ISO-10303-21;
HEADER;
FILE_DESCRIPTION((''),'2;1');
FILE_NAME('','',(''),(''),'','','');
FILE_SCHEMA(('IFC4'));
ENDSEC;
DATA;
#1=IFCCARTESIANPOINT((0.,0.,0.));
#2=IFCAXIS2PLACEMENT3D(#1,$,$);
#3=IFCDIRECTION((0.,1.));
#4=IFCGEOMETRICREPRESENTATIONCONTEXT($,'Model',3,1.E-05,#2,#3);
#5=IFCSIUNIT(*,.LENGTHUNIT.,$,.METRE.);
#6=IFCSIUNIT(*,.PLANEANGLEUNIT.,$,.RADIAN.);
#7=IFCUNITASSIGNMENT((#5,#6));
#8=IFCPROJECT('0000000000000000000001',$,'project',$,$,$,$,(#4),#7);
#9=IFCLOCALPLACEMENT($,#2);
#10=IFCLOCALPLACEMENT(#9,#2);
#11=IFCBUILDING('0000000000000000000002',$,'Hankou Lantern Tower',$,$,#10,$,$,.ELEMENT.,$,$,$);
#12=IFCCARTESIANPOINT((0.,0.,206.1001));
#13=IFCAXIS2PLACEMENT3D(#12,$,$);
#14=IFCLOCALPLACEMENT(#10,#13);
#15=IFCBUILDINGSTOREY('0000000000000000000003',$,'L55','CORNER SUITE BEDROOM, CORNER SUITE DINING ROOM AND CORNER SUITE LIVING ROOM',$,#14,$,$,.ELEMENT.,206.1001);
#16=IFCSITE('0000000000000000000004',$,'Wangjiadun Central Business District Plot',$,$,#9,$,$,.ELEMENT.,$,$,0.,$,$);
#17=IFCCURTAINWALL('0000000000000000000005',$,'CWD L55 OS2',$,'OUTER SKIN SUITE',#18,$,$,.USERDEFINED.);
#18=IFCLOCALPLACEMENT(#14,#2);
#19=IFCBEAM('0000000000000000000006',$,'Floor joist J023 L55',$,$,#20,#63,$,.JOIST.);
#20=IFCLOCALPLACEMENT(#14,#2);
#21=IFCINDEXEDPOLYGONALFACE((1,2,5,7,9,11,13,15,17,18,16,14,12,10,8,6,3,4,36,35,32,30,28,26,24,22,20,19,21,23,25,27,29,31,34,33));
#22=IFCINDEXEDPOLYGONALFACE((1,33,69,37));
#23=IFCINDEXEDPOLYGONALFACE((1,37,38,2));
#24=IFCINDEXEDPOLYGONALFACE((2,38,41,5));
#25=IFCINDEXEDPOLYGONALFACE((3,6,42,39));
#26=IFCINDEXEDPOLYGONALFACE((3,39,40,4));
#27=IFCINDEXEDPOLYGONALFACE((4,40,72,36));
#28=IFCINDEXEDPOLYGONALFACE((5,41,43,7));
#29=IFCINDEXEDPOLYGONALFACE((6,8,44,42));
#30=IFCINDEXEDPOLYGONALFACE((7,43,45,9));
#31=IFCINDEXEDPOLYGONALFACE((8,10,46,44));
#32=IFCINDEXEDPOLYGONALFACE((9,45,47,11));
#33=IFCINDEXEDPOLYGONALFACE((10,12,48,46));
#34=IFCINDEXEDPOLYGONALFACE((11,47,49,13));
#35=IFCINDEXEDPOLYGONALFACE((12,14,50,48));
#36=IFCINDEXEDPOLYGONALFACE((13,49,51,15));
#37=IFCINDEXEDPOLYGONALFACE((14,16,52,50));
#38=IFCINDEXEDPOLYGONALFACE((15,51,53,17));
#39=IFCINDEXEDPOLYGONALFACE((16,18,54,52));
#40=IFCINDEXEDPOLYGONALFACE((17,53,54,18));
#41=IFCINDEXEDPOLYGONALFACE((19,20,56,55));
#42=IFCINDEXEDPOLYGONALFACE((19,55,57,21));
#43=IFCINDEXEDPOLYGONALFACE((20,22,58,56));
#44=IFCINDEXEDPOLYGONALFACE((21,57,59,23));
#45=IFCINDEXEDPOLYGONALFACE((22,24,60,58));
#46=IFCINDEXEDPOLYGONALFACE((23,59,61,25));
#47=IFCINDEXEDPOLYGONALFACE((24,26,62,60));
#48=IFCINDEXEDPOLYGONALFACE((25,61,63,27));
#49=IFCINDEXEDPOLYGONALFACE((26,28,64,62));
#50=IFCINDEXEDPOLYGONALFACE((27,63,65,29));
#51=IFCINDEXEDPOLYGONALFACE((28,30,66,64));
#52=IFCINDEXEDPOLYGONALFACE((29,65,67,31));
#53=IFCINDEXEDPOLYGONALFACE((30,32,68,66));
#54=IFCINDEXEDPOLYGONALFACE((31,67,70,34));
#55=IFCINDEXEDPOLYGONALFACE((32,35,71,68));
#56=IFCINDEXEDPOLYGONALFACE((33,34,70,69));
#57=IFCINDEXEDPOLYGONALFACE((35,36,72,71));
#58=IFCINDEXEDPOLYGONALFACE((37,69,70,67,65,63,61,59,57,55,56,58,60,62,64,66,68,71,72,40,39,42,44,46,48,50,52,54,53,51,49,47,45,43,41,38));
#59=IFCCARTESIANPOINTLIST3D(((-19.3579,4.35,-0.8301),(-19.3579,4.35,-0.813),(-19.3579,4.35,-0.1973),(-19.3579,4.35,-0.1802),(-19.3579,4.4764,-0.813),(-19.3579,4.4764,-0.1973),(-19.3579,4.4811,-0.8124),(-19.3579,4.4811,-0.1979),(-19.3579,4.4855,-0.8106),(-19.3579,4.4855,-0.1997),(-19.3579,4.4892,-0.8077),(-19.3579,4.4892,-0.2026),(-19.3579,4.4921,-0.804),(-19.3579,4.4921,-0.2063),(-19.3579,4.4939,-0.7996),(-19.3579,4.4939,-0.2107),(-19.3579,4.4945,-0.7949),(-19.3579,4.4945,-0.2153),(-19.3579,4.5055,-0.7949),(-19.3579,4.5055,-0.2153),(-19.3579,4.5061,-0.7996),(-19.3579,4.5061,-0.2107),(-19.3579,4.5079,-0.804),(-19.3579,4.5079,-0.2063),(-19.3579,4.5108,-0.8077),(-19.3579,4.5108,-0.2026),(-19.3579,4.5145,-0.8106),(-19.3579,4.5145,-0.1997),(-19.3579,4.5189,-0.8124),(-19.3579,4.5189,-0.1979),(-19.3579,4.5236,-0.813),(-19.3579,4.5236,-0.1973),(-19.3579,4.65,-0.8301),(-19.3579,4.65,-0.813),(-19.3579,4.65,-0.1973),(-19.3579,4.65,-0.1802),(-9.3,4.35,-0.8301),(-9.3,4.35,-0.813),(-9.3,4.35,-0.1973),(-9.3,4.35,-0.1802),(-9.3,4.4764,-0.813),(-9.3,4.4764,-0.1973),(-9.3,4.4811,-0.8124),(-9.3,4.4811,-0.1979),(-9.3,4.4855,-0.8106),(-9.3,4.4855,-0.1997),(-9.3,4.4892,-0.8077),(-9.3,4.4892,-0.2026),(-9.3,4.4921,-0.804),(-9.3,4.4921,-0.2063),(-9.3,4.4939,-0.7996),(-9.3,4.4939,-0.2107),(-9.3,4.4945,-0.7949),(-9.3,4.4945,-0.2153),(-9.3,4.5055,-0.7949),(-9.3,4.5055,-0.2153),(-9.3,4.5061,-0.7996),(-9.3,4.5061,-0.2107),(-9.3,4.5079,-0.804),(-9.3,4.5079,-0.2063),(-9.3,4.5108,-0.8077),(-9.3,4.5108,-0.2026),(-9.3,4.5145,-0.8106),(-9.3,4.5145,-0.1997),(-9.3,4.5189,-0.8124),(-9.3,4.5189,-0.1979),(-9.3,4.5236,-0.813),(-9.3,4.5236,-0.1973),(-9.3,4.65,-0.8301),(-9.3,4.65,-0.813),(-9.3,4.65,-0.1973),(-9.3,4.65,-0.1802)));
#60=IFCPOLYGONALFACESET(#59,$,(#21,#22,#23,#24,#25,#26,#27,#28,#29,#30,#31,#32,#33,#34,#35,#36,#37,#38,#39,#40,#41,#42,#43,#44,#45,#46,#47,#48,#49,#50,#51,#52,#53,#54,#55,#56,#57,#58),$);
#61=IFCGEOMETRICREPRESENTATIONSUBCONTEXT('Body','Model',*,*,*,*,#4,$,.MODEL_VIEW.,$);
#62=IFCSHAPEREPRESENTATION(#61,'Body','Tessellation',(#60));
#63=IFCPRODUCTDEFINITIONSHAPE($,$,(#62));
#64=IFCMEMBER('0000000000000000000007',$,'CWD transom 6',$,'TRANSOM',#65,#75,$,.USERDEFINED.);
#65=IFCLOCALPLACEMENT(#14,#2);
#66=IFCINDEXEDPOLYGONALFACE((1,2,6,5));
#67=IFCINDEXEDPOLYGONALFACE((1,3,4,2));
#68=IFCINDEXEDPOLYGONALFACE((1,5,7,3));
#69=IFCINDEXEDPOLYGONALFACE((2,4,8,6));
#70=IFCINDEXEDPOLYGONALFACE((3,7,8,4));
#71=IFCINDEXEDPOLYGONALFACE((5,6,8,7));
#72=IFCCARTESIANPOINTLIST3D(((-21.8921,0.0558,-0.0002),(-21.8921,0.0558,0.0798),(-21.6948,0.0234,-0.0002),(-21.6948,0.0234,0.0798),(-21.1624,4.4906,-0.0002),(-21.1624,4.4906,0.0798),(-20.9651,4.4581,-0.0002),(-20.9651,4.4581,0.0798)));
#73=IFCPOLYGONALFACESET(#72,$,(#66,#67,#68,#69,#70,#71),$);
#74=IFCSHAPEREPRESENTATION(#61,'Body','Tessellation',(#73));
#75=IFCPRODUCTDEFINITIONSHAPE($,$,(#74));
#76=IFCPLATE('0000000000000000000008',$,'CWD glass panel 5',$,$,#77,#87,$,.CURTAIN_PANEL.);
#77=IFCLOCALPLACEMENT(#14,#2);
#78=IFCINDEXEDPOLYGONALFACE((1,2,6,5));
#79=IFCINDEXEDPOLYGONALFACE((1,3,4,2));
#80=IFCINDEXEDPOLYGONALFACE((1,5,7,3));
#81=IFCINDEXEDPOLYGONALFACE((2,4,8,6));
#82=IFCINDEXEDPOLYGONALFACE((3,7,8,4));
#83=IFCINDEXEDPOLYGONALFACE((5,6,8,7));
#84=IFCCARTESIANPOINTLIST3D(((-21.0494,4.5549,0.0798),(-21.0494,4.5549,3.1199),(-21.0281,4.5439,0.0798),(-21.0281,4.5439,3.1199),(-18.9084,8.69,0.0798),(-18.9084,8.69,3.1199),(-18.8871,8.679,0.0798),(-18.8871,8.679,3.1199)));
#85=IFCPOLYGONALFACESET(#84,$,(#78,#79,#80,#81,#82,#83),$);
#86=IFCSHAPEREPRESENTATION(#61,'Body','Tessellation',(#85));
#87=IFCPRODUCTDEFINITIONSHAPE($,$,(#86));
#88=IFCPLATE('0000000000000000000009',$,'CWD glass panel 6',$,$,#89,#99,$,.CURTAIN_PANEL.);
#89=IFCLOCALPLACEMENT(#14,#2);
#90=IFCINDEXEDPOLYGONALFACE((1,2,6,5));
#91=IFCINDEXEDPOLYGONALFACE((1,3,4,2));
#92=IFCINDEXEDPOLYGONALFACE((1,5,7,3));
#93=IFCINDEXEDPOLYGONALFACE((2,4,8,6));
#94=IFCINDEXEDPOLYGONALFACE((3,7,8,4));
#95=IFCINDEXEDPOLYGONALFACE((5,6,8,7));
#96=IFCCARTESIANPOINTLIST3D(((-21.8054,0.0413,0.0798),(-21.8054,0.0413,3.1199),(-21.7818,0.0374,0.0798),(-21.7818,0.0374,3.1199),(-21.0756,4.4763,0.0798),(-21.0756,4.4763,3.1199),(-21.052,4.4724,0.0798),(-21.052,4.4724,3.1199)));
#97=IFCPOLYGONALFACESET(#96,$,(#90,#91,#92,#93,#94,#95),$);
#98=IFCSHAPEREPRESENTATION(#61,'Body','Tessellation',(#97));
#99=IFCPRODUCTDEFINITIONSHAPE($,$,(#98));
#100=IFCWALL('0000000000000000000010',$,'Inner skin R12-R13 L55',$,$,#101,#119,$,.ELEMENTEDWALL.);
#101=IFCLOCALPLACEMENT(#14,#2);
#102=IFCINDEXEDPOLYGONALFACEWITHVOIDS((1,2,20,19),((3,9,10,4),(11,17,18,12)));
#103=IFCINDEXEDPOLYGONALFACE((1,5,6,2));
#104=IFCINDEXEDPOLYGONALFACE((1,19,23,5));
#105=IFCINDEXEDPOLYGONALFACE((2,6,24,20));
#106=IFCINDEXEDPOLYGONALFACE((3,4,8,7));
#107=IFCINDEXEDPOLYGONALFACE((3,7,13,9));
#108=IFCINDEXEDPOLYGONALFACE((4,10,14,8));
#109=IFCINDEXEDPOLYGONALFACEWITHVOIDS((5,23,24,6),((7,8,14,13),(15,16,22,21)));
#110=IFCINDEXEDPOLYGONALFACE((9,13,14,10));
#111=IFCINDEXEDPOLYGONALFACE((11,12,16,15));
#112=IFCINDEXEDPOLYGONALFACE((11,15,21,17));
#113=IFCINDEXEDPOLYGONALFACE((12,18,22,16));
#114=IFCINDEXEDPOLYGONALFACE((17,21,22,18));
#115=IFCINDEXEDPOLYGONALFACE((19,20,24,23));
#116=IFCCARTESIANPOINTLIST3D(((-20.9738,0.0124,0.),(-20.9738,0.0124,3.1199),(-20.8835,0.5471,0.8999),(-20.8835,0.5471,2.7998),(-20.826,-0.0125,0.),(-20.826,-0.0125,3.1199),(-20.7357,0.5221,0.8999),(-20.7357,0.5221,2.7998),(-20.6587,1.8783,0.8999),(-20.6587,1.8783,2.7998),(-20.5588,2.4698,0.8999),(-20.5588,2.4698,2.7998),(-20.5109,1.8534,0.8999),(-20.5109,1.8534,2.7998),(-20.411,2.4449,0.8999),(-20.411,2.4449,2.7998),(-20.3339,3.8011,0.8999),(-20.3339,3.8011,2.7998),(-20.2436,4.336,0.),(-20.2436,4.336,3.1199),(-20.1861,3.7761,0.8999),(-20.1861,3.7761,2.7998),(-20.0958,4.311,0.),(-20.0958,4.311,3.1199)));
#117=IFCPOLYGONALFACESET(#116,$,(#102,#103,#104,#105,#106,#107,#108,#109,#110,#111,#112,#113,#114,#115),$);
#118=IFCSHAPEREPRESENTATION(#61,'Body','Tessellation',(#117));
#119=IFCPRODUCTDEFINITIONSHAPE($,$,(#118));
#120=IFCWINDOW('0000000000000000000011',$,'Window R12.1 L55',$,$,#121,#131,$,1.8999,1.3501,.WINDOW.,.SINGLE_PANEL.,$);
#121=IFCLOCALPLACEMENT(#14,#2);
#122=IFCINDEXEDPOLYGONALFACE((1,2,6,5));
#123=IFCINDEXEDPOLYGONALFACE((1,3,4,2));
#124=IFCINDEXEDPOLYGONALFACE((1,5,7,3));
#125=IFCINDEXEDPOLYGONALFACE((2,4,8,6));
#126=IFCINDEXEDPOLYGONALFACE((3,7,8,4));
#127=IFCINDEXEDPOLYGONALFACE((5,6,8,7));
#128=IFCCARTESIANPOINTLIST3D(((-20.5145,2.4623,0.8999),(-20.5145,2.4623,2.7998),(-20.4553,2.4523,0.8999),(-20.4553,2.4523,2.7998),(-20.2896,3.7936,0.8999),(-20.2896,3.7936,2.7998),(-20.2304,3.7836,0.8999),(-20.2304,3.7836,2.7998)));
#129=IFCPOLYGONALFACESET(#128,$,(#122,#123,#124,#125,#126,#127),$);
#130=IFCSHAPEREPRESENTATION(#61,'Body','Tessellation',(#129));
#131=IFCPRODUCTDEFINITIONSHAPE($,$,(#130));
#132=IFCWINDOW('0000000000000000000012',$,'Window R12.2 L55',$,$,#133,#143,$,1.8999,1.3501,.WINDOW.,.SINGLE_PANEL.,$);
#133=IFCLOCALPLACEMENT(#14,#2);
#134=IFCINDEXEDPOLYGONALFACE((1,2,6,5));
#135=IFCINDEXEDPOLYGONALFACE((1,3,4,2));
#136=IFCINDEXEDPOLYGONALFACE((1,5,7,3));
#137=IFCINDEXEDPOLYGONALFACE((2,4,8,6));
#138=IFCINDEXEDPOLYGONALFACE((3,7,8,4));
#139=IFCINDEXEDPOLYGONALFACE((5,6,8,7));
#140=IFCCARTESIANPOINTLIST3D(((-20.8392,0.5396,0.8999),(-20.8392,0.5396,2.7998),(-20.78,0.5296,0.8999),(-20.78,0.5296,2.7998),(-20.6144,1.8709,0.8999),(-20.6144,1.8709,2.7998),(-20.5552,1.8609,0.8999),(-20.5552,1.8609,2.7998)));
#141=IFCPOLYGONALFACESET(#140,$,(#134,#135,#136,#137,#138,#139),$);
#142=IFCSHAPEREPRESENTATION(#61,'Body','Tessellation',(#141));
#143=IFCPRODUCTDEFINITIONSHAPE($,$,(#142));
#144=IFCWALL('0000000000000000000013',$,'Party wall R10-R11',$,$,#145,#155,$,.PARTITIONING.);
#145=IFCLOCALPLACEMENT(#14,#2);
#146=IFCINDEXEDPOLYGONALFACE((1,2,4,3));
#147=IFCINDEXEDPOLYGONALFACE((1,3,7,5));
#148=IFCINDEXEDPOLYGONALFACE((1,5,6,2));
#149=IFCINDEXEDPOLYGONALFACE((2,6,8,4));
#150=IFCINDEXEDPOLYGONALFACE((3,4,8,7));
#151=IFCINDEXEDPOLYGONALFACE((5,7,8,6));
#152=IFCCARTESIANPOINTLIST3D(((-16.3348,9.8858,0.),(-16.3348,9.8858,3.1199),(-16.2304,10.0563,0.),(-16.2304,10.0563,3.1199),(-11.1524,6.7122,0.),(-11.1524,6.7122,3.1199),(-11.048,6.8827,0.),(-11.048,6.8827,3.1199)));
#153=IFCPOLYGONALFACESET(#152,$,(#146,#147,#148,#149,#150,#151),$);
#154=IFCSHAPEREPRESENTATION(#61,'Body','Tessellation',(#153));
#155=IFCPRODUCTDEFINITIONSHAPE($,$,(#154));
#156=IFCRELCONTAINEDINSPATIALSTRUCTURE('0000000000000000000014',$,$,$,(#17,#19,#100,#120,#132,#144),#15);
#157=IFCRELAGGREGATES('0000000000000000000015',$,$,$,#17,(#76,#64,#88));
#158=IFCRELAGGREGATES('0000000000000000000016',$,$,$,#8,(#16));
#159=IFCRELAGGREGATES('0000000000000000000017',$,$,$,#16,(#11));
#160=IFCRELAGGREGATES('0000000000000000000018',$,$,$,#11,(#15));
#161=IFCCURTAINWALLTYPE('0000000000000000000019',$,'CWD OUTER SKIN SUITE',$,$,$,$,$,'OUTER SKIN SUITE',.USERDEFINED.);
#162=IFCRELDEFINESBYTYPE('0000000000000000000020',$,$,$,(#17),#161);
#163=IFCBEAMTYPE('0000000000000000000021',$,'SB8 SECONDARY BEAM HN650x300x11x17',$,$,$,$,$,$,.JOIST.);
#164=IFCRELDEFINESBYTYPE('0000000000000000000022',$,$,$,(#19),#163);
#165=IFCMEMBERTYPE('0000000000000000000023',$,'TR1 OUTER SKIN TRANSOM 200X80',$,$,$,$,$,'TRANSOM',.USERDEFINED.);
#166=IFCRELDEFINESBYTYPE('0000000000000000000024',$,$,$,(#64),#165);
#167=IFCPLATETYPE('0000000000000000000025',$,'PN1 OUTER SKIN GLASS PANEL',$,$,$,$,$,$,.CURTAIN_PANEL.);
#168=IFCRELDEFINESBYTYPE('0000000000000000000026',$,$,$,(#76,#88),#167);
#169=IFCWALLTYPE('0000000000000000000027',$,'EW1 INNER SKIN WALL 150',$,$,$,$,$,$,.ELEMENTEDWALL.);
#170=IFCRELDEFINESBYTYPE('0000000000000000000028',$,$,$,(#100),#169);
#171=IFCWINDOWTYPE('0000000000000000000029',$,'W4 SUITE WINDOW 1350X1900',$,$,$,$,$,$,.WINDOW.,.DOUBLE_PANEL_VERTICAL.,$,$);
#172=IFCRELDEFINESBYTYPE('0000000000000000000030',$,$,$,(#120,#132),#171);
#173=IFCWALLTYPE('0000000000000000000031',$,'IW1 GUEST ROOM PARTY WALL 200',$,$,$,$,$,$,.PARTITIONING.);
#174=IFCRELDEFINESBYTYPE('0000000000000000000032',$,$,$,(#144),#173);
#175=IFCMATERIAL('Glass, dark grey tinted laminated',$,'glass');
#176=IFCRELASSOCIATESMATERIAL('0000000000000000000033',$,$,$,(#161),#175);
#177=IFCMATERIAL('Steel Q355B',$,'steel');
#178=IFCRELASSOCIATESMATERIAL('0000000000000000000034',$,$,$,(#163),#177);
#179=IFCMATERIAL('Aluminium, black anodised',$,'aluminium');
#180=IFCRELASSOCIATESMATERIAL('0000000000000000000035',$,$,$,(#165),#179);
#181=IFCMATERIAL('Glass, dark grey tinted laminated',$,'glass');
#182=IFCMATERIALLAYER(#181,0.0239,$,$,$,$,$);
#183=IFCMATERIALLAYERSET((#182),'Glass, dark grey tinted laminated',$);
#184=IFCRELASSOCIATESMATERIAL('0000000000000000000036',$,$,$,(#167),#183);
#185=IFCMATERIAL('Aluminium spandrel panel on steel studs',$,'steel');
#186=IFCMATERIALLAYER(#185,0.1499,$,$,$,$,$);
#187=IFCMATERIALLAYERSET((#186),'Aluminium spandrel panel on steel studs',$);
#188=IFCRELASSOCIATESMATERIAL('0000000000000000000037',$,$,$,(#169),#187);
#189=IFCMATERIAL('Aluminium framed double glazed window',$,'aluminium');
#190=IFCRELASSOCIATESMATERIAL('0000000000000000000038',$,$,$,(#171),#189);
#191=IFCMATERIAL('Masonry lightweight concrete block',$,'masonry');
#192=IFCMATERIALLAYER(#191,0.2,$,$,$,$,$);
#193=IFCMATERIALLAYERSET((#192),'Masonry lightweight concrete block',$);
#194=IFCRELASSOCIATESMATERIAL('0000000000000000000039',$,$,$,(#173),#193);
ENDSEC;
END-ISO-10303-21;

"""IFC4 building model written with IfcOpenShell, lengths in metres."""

from ifc_helpers import new_model, si_unit, direction, frame, frame_2d, origin, origin_2d, place, context, subcontext, project, spatial, rectangle, i_section, extrude, material, layer, layer_set, material_profile, profile_set, type_object, element, fill, aggregate, save


model = new_model("IFC4")

# Units and contexts
model_context = context("Model", 3, precision=1e-05, world=origin(), true_north=direction((0.0, 1.0)))
body_context = subcontext(model_context, "Body", "Model", "MODEL_VIEW")
ifc_project = project(units=[si_unit("LENGTHUNIT", "METRE"), si_unit("PLANEANGLEUNIT", "RADIAN")], contexts=[model_context])

# Site, building, storey
site_placement = place(None, origin())
site = spatial("IfcSite", under=ifc_project, at=site_placement, Name="Wangjiadun Central Business District Plot", CompositionType="ELEMENT", RefElevation=0.0)
building_placement = place(site_placement, origin())
building = spatial("IfcBuilding", under=site, at=building_placement, Name="Hankou Lantern Tower", CompositionType="ELEMENT")
storey_placement = place(building_placement, frame((0.0, 0.0, 206.1001)))
storey = spatial("IfcBuildingStorey", under=building, at=storey_placement, Name="L55", Description="CORNER SUITE BEDROOM, CORNER SUITE DINING ROOM AND CORNER SUITE LIVING ROOM", CompositionType="ELEMENT", Elevation=206.1001)

# Curtain wall
ifc_material_1 = material(Name="Glass, dark grey tinted laminated", Category="glass")
curtain_wall_type = type_object("IfcCurtainWallType", Name="CWD OUTER SKIN SUITE", ElementType="OUTER SKIN SUITE", PredefinedType="USERDEFINED", material=ifc_material_1)
curtain_wall_placement = place(storey_placement, origin())
curtain_wall = element("IfcCurtainWall", 1, at=curtain_wall_placement, inside=storey, type_object=curtain_wall_type, Name="CWD L55 OS2", ObjectType="OUTER SKIN SUITE", PredefinedType="USERDEFINED")

# Beam
ifc_material_2 = material(Name="Steel Q355B", Category="steel")
ifc_material_profile_1 = material_profile(ifc_material_2, i_section(OverallWidth=0.3, OverallDepth=0.6499, WebThickness=0.011, FlangeThickness=0.0171, FilletRadius=0.0181, at=origin_2d()), Name="HN650x300x11x17")
ifc_profile_set_1 = profile_set([ifc_material_profile_1], Name="Steel Q355B")
beam_type_1 = type_object("IfcBeamType", Name="SB8 SECONDARY BEAM HN650x300x11x17", PredefinedType="JOIST", material=ifc_profile_set_1)
beam_1_placement = place(storey_placement, frame((-19.3579, 4.5, -0.5051), z_axis=(1.0, 0.0, 0.0), x_axis=(0.0, 1.0, 0.0)))
element("IfcBeam", 2, at=beam_1_placement, inside=storey, type_object=beam_type_1, Name="Floor joist J023 L55", PredefinedType="JOIST", context=body_context, shape_type="SweptSolid", body=[
    extrude(i_section(OverallWidth=0.3, OverallDepth=0.6499, WebThickness=0.011, FlangeThickness=0.0171, FilletRadius=0.0181, at=origin_2d()), origin(), (0.0, 0.0, 1.0), 10.0579),
])

# Member
ifc_material_3 = material(Name="Aluminium, black anodised", Category="aluminium")
ifc_material_profile_2 = material_profile(ifc_material_3, rectangle(XDim=0.2, YDim=0.0801, at=origin_2d()), Name="TR1 200X80")
ifc_profile_set_2 = profile_set([ifc_material_profile_2], Name="Aluminium, black anodised")
member_type_1 = type_object("IfcMemberType", Name="TR1 OUTER SKIN TRANSOM 200X80", ElementType="TRANSOM", PredefinedType="USERDEFINED", material=ifc_profile_set_2)
member_1_placement = place(storey_placement, frame((-21.0637, 4.4744, 0.0398), z_axis=(-0.162364, -0.986731, 0.0), x_axis=(0.986731, -0.162364, 0.0)))
member_1 = element("IfcMember", 3, at=member_1_placement, type_object=member_type_1, Name="CWD transom 6", ObjectType="TRANSOM", PredefinedType="USERDEFINED", context=body_context, shape_type="SweptSolid", body=[
    extrude(rectangle(XDim=0.2, YDim=0.0801, at=origin_2d()), origin(), (0.0, 0.0, 1.0), 4.4944),
])

# Plates
ifc_material_4 = material(Name="Glass, dark grey tinted laminated", Category="glass")
ifc_layer_1 = layer(ifc_material_4, 0.0239)
ifc_layer_set_1 = layer_set([ifc_layer_1], Name="Glass, dark grey tinted laminated")
plate_type = type_object("IfcPlateType", Name="PN1 OUTER SKIN GLASS PANEL", PredefinedType="CURTAIN_PANEL", material=ifc_layer_set_1)
plate_1_placement = place(storey_placement, frame((-19.9683, 6.6169, 0.0798), z_axis=(0.0, 0.0, 1.0), x_axis=(-0.459791, -0.888027, 0.0)))
plate_1 = element("IfcPlate", 4, at=plate_1_placement, type_object=plate_type, Name="CWD glass panel 5", PredefinedType="CURTAIN_PANEL", context=body_context, shape_type="SweptSolid", body=[
    extrude(rectangle(XDim=4.6565, YDim=0.0239, at=origin_2d()), origin(), (0.0, 0.0, 1.0), 3.04),
])
plate_2_placement = place(storey_placement, frame((-21.4287, 2.2568, 0.0798), z_axis=(0.0, 0.0, 1.0), x_axis=(-0.162382, -0.986728, 0.0)))
plate_2 = element("IfcPlate", 5, at=plate_2_placement, type_object=plate_type, Name="CWD glass panel 6", PredefinedType="CURTAIN_PANEL", context=body_context, shape_type="SweptSolid", body=[
    extrude(rectangle(XDim=4.4946, YDim=0.0239, at=origin_2d()), origin(), (0.0, 0.0, 1.0), 3.04),
])
aggregate(curtain_wall, [plate_1, member_1, plate_2])

# Wall, openings, windows
ifc_material_5 = material(Name="Aluminium spandrel panel on steel studs", Category="steel")
ifc_layer_2 = layer(ifc_material_5, 0.1499)
ifc_layer_set_2 = layer_set([ifc_layer_2], Name="Aluminium spandrel panel on steel studs")
wall_type_1 = type_object("IfcWallType", Name="EW1 INNER SKIN WALL 150", PredefinedType="ELEMENTEDWALL", material=ifc_layer_set_2)
wall_1_placement = place(storey_placement, frame((-20.1697, 4.3235, 0.0), z_axis=(0.0, 0.0, 1.0), x_axis=(-0.166539, -0.986035, 0.0)))
wall_1 = element("IfcWall", 6, at=wall_1_placement, inside=storey, type_object=wall_type_1, Name="Inner skin R12-R13 L55", PredefinedType="ELEMENTEDWALL", context=body_context, shape_type="SweptSolid", body=[
    extrude(rectangle(XDim=4.3848, YDim=0.1499, at=frame_2d((2.1924, 0.0))), origin(), (0.0, 0.0, 1.0), 3.1199),
])
opening_1_placement = place(wall_1_placement, frame((0.5425, 0.0, 0.8999)))
opening_1 = element("IfcOpeningElement", 7, at=opening_1_placement, cuts=wall_1, PredefinedType="OPENING", context=body_context, shape_type="SweptSolid", body=[
    extrude(rectangle(XDim=1.3501, YDim=1.8999, at=frame_2d((0.675, 0.95))), frame((0.0, 0.085, 0.0), z_axis=(0.0, -1.0, 0.0), x_axis=(1.0, 0.0, 0.0)), (0.0, 0.0, 1.0), 0.1699),
])
opening_2_placement = place(wall_1_placement, frame((2.4924, 0.0, 0.8999)))
opening_2 = element("IfcOpeningElement", 8, at=opening_2_placement, cuts=wall_1, PredefinedType="OPENING", context=body_context, shape_type="SweptSolid", body=[
    extrude(rectangle(XDim=1.3501, YDim=1.8999, at=frame_2d((0.675, 0.95))), frame((0.0, 0.085, 0.0), z_axis=(0.0, -1.0, 0.0), x_axis=(1.0, 0.0, 0.0)), (0.0, 0.0, 1.0), 0.1699),
])
ifc_material_6 = material(Name="Aluminium framed double glazed window", Category="aluminium")
window_type = type_object("IfcWindowType", Name="W4 SUITE WINDOW 1350X1900", PartitioningType="DOUBLE_PANEL_VERTICAL", PredefinedType="WINDOW", material=ifc_material_6)
window_1_placement = place(opening_1_placement, origin())
window_1 = element("IfcWindow", 9, at=window_1_placement, inside=storey, type_object=window_type, Name="Window R12.1 L55", OverallHeight=1.8999, OverallWidth=1.3501, PartitioningType="SINGLE_PANEL", PredefinedType="WINDOW", context=body_context, shape_type="SweptSolid", body=[
    extrude(rectangle(XDim=1.3501, YDim=1.8999, at=frame_2d((0.675, 0.95))), frame((0.0, 0.03, 0.0), z_axis=(0.0, -1.0, 0.0), x_axis=(1.0, 0.0, 0.0)), (0.0, 0.0, 1.0), 0.0601),
])
fill(opening_1, window_1)
window_2_placement = place(opening_2_placement, origin())
window_2 = element("IfcWindow", 10, at=window_2_placement, inside=storey, type_object=window_type, Name="Window R12.2 L55", OverallHeight=1.8999, OverallWidth=1.3501, PartitioningType="SINGLE_PANEL", PredefinedType="WINDOW", context=body_context, shape_type="SweptSolid", body=[
    extrude(rectangle(XDim=1.3501, YDim=1.8999, at=frame_2d((0.675, 0.95))), frame((0.0, 0.03, 0.0), z_axis=(0.0, -1.0, 0.0), x_axis=(1.0, 0.0, 0.0)), (0.0, 0.0, 1.0), 0.0601),
])
fill(opening_2, window_2)

# Wall
ifc_material_7 = material(Name="Masonry lightweight concrete block", Category="masonry")
ifc_layer_3 = layer(ifc_material_7, 0.2)
ifc_layer_set_3 = layer_set([ifc_layer_3], Name="Masonry lightweight concrete block")
wall_type_2 = type_object("IfcWallType", Name="IW1 GUEST ROOM PARTY WALL 200", PredefinedType="PARTITIONING", material=ifc_layer_set_3)
wall_2_placement = place(storey_placement, frame((-11.1001, 6.7974, 0.0), z_axis=(0.0, 0.0, 1.0), x_axis=(-0.8528, 0.522238, 0.0)))
element("IfcWall", 11, at=wall_2_placement, inside=storey, type_object=wall_type_2, Name="Party wall R10-R11", PredefinedType="PARTITIONING", context=body_context, shape_type="SweptSolid", body=[
    extrude(rectangle(XDim=6.0769, YDim=0.2, at=frame_2d((3.0386, 0.0))), origin(), (0.0, 0.0, 1.0), 3.1199),
])

save(model, "model.ifc")
